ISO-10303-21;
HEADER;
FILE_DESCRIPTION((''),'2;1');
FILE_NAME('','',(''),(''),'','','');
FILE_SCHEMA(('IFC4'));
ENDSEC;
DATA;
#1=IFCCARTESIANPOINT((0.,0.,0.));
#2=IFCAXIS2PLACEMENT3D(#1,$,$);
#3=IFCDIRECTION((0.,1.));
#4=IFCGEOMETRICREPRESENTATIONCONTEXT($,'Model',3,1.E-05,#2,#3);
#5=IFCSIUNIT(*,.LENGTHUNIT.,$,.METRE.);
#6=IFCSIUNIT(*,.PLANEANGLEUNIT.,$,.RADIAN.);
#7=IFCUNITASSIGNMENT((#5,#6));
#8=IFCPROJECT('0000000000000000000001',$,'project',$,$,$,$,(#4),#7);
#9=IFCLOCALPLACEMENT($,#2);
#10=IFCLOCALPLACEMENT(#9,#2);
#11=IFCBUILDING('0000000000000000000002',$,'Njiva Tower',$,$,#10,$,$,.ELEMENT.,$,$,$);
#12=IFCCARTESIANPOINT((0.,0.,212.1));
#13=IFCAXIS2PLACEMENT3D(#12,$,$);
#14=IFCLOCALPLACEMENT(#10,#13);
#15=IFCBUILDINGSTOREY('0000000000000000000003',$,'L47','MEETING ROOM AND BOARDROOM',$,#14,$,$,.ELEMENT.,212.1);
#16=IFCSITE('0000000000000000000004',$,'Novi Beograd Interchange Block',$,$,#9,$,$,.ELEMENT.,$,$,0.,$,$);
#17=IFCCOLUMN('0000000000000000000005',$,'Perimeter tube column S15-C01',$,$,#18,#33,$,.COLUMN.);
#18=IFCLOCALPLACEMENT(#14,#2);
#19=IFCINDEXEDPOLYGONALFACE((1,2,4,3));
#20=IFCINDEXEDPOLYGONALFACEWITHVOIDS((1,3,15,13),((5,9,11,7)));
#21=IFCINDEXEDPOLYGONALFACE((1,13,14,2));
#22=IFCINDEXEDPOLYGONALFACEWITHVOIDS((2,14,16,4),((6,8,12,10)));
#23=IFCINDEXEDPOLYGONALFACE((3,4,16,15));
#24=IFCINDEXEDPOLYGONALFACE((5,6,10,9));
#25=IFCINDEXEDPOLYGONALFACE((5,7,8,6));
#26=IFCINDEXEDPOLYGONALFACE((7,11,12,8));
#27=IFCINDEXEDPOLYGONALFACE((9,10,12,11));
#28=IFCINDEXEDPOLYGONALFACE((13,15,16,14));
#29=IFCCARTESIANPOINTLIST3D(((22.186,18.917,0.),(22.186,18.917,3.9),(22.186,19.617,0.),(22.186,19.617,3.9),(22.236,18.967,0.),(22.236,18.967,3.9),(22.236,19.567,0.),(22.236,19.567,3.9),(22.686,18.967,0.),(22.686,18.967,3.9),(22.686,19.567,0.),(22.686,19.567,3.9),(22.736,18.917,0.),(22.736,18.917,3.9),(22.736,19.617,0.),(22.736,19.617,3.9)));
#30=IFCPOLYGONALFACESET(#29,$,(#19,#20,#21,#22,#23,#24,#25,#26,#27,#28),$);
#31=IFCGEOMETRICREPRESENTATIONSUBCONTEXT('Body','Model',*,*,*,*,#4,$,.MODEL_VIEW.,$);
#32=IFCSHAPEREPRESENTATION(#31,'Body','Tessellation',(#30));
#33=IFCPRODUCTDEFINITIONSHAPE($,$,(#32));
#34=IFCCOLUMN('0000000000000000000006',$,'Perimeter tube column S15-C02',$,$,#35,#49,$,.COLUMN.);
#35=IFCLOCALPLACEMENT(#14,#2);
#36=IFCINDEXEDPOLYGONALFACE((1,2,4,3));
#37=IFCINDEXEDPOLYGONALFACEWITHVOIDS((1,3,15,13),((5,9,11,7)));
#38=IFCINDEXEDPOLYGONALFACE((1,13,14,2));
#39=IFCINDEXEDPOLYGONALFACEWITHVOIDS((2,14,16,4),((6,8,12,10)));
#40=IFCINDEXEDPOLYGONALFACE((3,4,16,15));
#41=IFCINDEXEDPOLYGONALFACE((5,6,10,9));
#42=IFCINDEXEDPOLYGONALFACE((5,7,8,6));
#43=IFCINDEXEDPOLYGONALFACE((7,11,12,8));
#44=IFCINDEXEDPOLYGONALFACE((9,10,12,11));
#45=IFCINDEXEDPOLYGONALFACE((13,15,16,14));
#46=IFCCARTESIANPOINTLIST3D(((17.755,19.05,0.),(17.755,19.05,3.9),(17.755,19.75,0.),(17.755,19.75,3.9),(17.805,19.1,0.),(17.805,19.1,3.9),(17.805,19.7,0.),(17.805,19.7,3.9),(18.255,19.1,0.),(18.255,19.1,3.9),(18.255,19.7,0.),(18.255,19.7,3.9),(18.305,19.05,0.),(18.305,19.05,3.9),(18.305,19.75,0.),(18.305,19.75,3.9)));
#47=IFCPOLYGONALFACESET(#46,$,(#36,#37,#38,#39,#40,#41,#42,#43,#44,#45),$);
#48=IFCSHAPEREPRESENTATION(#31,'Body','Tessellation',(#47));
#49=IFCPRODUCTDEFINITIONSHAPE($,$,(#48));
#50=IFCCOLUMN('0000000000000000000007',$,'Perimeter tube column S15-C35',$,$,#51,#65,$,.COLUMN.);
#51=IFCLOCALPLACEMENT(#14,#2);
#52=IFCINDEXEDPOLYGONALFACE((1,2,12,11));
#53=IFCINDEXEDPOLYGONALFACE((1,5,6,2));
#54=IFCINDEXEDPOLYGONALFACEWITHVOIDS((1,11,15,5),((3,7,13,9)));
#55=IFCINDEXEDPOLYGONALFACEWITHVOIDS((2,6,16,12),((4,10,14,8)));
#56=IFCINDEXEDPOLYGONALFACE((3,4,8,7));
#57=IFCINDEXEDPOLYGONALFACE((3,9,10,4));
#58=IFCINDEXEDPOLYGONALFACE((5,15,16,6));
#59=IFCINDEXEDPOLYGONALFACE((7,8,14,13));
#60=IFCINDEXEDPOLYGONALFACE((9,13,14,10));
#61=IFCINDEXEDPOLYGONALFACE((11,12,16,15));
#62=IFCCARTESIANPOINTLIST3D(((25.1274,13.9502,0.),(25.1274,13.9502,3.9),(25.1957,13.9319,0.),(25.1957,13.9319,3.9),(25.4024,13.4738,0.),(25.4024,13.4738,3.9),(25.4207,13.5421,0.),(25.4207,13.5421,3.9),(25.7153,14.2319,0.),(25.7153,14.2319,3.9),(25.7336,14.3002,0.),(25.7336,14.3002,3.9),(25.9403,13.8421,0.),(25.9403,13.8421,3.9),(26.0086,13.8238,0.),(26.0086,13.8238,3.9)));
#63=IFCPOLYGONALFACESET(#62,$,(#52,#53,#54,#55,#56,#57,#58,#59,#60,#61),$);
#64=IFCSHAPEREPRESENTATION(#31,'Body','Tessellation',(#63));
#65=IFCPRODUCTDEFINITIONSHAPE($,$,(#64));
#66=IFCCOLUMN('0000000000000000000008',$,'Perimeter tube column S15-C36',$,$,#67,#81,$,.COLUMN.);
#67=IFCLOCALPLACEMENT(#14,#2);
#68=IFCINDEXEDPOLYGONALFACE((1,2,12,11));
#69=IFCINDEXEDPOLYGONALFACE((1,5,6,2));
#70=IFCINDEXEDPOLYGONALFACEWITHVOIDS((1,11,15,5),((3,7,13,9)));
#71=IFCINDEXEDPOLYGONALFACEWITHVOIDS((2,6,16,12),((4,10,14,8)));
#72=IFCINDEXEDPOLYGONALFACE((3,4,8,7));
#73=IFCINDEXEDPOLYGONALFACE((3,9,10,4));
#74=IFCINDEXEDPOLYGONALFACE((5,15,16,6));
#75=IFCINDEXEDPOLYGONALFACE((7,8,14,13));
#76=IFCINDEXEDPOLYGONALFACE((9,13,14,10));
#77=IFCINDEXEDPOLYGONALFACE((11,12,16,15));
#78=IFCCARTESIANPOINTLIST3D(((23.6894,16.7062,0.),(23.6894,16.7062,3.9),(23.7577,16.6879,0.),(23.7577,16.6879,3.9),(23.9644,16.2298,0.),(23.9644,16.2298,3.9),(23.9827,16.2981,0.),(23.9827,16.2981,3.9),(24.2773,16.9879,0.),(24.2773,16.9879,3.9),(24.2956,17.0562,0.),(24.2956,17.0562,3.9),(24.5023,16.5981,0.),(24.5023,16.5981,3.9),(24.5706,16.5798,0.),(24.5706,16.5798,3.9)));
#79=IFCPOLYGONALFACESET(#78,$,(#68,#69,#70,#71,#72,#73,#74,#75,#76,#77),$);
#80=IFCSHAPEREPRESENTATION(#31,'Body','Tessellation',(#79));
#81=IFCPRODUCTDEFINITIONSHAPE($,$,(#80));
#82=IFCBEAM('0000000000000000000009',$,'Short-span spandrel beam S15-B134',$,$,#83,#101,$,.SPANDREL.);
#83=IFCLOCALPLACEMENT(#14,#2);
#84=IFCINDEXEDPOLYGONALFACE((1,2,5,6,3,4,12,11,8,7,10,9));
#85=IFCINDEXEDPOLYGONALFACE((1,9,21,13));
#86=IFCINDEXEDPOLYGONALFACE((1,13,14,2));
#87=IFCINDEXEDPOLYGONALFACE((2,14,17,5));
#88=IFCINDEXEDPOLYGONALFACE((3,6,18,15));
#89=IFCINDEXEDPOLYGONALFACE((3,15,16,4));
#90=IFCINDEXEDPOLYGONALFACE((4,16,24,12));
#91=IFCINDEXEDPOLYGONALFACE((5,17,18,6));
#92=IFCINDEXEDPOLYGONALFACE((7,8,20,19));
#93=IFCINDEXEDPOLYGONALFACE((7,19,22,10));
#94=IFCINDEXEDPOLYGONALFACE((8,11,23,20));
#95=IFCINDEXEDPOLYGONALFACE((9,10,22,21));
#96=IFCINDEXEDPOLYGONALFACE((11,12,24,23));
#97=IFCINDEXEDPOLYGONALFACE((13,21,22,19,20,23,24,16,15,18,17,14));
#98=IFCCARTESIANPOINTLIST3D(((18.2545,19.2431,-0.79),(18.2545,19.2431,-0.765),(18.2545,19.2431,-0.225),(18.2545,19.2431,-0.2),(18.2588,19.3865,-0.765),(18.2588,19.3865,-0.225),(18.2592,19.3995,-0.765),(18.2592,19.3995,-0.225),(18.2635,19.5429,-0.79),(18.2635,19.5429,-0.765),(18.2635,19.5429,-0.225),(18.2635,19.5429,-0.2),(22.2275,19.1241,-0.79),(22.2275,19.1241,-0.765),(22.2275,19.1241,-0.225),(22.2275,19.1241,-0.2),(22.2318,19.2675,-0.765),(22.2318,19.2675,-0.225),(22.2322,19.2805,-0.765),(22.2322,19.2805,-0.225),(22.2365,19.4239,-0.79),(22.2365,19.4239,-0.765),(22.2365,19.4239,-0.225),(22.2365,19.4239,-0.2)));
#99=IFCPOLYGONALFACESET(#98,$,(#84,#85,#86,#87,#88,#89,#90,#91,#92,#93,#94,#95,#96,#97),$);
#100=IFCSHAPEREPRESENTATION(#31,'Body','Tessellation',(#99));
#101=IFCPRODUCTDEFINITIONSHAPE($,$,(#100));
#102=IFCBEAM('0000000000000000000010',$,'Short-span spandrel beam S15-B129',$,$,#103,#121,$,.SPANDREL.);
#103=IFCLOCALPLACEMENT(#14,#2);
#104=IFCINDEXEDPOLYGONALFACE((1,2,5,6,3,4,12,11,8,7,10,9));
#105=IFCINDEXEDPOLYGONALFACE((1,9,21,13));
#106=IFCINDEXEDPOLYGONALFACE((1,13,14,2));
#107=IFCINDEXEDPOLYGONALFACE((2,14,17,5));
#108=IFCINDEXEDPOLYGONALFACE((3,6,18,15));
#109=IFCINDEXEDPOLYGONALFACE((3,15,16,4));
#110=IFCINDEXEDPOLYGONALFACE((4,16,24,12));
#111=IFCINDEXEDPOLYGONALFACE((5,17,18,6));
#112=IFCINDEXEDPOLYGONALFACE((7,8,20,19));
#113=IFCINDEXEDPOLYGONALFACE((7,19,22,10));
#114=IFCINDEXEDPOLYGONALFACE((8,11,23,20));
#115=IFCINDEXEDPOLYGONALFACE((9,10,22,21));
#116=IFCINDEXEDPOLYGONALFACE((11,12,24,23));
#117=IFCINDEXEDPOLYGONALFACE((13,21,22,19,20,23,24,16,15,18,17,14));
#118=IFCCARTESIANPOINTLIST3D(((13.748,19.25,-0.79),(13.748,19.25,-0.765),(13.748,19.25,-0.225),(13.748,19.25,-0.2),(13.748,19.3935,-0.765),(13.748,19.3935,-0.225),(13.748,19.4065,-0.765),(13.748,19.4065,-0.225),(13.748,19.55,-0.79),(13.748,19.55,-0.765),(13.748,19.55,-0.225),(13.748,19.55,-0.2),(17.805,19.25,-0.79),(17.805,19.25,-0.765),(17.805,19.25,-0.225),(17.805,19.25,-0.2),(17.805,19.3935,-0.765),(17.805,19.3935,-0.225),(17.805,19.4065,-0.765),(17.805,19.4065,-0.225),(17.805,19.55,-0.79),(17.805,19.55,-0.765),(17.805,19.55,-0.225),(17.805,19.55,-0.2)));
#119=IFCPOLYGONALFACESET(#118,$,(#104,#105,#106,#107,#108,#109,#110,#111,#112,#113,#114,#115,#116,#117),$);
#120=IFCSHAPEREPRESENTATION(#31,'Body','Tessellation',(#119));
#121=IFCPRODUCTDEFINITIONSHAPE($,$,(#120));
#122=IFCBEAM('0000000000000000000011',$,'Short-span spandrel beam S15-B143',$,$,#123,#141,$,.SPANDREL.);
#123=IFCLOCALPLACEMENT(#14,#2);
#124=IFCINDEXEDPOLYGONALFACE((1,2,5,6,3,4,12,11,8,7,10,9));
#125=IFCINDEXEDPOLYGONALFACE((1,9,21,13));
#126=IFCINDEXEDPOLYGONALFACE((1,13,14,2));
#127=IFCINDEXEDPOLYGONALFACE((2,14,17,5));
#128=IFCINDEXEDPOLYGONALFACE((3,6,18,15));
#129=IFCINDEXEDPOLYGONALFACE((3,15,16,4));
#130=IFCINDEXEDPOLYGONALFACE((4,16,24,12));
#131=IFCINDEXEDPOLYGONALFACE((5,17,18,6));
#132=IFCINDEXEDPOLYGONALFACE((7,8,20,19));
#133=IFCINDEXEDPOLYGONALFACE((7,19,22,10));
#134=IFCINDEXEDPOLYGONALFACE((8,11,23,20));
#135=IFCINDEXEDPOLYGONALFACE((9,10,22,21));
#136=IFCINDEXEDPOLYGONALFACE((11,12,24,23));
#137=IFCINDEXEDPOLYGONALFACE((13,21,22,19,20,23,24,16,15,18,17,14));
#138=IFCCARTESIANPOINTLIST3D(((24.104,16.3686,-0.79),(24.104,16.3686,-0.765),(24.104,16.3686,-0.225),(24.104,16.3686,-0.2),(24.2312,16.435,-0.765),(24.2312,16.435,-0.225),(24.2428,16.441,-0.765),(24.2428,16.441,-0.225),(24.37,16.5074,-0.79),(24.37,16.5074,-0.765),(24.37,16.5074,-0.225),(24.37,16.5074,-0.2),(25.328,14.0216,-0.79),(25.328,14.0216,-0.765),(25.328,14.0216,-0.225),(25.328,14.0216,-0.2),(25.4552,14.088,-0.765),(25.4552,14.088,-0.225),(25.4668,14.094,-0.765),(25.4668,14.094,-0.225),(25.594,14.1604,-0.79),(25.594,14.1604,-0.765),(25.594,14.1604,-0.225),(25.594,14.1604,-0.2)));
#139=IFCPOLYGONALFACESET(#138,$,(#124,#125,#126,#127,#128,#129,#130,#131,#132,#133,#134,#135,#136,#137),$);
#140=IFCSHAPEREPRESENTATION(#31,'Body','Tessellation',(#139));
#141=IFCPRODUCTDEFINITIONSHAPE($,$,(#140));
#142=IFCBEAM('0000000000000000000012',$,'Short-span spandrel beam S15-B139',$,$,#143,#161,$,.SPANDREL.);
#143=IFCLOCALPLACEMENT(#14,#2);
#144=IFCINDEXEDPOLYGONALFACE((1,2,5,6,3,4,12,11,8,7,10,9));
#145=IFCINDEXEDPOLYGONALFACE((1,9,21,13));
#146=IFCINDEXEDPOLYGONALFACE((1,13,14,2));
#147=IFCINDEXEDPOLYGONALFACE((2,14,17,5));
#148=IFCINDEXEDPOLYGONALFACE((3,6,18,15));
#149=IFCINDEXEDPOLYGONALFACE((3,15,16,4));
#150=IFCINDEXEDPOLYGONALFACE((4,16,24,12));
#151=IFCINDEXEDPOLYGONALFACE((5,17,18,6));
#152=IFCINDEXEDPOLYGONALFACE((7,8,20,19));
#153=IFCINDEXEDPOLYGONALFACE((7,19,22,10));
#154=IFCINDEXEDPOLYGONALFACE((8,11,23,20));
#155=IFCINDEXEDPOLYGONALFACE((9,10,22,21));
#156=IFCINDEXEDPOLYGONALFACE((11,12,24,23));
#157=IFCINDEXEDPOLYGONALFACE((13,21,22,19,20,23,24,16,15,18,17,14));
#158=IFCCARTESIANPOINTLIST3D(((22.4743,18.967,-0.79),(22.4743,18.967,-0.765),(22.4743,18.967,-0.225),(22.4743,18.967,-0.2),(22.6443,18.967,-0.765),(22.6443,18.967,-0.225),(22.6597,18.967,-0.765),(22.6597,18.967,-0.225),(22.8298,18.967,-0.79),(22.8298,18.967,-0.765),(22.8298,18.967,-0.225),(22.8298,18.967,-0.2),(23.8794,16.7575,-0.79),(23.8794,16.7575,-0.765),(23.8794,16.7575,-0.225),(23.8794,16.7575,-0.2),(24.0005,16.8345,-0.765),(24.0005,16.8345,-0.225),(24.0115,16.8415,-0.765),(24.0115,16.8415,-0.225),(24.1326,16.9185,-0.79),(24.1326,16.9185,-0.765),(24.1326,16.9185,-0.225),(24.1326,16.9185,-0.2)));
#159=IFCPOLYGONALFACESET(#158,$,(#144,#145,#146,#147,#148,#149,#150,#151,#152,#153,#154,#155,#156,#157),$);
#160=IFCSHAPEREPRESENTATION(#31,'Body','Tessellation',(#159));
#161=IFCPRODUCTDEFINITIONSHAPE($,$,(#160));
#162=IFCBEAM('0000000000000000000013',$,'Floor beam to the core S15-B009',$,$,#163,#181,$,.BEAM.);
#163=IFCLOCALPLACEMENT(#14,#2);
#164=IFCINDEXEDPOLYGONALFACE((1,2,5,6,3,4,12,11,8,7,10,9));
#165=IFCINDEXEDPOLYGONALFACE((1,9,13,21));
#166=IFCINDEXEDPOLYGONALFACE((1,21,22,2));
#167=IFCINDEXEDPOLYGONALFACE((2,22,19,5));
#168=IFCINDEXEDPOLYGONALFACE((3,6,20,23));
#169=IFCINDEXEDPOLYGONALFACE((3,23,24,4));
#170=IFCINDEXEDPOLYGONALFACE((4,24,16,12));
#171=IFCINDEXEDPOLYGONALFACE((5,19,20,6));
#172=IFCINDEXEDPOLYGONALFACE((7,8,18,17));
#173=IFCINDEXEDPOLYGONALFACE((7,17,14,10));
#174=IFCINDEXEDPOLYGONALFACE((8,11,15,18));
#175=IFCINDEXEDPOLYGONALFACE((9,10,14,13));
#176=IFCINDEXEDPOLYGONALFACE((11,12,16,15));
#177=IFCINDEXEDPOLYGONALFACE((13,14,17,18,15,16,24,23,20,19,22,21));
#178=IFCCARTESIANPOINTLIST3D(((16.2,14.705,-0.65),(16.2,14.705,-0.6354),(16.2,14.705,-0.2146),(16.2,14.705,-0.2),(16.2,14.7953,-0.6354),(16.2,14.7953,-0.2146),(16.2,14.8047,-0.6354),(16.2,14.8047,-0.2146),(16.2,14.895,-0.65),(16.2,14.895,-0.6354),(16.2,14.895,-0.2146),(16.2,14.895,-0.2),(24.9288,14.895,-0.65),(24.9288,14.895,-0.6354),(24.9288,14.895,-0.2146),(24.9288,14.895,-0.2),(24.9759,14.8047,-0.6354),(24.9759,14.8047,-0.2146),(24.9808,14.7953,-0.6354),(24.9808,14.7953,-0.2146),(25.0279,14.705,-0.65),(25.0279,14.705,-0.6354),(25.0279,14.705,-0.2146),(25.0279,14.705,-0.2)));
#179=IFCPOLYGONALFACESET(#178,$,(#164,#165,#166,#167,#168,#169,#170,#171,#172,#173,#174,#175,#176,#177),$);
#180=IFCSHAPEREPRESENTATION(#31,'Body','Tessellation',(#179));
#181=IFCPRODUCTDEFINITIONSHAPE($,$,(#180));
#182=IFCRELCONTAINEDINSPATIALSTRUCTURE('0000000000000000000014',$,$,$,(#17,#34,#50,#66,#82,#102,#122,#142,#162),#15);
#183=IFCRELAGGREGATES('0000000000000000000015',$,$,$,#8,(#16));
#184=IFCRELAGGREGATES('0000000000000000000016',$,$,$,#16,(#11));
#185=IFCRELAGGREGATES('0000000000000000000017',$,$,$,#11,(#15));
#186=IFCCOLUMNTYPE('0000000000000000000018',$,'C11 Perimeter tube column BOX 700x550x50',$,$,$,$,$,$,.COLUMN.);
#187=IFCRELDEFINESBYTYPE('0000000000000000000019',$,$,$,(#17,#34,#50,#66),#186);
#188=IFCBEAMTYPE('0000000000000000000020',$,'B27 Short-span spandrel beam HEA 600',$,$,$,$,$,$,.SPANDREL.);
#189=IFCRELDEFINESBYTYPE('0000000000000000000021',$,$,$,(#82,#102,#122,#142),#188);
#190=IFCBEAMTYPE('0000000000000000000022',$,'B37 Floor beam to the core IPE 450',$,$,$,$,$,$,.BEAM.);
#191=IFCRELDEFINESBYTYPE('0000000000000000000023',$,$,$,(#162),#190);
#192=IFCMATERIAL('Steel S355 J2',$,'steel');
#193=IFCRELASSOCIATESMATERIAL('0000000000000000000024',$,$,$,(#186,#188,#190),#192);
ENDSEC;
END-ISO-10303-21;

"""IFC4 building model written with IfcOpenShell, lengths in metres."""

from ifc_helpers import new_model, si_unit, direction, frame, origin, origin_2d, place, context, subcontext, project, spatial, hollow_rectangle, i_section, extrude, clip, halfspace, material, material_profile, profile_set, type_object, element, save


model = new_model("IFC4")

# Units and contexts
model_context = context("Model", 3, precision=1e-05, world=origin(), true_north=direction((0.0, 1.0)))
body_context = subcontext(model_context, "Body", "Model", "MODEL_VIEW")
ifc_project = project(units=[si_unit("LENGTHUNIT", "METRE"), si_unit("PLANEANGLEUNIT", "RADIAN")], contexts=[model_context])

# Site, building, storey
site_placement = place(None, origin())
site = spatial("IfcSite", under=ifc_project, at=site_placement, Name="Novi Beograd Interchange Block", CompositionType="ELEMENT", RefElevation=0.0)
building_placement = place(site_placement, origin())
building = spatial("IfcBuilding", under=site, at=building_placement, Name="Njiva Tower", CompositionType="ELEMENT")
storey_placement = place(building_placement, frame((0.0, 0.0, 212.1)))
storey = spatial("IfcBuildingStorey", under=building, at=storey_placement, Name="L47", Description="MEETING ROOM AND BOARDROOM", CompositionType="ELEMENT", Elevation=212.1)

# Columns
ifc_material_1 = material(Name="Steel S355 J2", Category="steel")
ifc_material_profile_1 = material_profile(ifc_material_1, hollow_rectangle(XDim=0.55, YDim=0.7, WallThickness=0.05, at=origin_2d()), Name="BOX 700x550x50")
ifc_profile_set_1 = profile_set([ifc_material_profile_1], Name="Steel S355 J2")
column_type = type_object("IfcColumnType", Name="C11 Perimeter tube column BOX 700x550x50", PredefinedType="COLUMN", material=ifc_profile_set_1)
for number, where, z_axis, x_axis, name in (
    (1, (22.461, 19.267, 0.0), (0.0, 0.0, 1.0), (-1.0, 0.0, 0.0), "Perimeter tube column S15-C01"),
    (2, (18.03, 19.4, 0.0), (0.0, 0.0, 1.0), (-1.0, 0.0, 0.0), "Perimeter tube column S15-C02"),
    (3, (25.568, 13.887, 0.0), (0.0, 0.0, 1.0), (-0.5, 0.866025, 0.0), "Perimeter tube column S15-C35"),
    (4, (24.13, 16.643, 0.0), (0.0, 0.0, 1.0), (-0.5, 0.866025, 0.0), "Perimeter tube column S15-C36"),
):
    element("IfcColumn", number, at=place(storey_placement, frame(where, z_axis=z_axis, x_axis=x_axis)), inside=storey, type_object=column_type, Name=name, PredefinedType="COLUMN", context=body_context, shape_type="SweptSolid", body=[
        extrude(hollow_rectangle(XDim=0.55, YDim=0.7, WallThickness=0.05, at=origin_2d()), origin(), (0.0, 0.0, 1.0), 3.9),
    ])

# Beams
ifc_material_profile_2 = material_profile(ifc_material_1, i_section(OverallWidth=0.3, OverallDepth=0.59, WebThickness=0.013, FlangeThickness=0.025, at=origin_2d()), Name="HEA 600")
ifc_profile_set_2 = profile_set([ifc_material_profile_2], Name="Steel S355 J2")
beam_type_1 = type_object("IfcBeamType", Name="B27 Short-span spandrel beam HEA 600", PredefinedType="SPANDREL", material=ifc_profile_set_2)
beam_1_placement = place(storey_placement, frame((22.232, 19.274, -0.495), z_axis=(-0.999552, 0.029939, 0.0), x_axis=(-0.029939, -0.999552, 0.0)))
element("IfcBeam", 5, at=beam_1_placement, inside=storey, type_object=beam_type_1, Name="Short-span spandrel beam S15-B134", PredefinedType="SPANDREL", context=body_context, shape_type="SweptSolid", body=[
    extrude(i_section(OverallWidth=0.3, OverallDepth=0.59, WebThickness=0.013, FlangeThickness=0.025, at=origin_2d()), origin(), (0.0, 0.0, 1.0), 3.9748),
])
beam_2_placement = place(storey_placement, frame((17.805, 19.4, -0.495), z_axis=(-1.0, 0.0, 0.0), x_axis=(0.0, -1.0, 0.0)))
element("IfcBeam", 6, at=beam_2_placement, inside=storey, type_object=beam_type_1, Name="Short-span spandrel beam S15-B129", PredefinedType="SPANDREL", context=body_context, shape_type="SweptSolid", body=[
    extrude(i_section(OverallWidth=0.3, OverallDepth=0.59, WebThickness=0.013, FlangeThickness=0.025, at=origin_2d()), origin(), (0.0, 0.0, 1.0), 4.057),
])
beam_3_placement = place(storey_placement, frame((25.461, 14.091, -0.495), z_axis=(-0.462411, 0.886666, 0.0), x_axis=(-0.886666, -0.462411, 0.0)))
element("IfcBeam", 7, at=beam_3_placement, inside=storey, type_object=beam_type_1, Name="Short-span spandrel beam S15-B143", PredefinedType="SPANDREL", context=body_context, shape_type="SweptSolid", body=[
    extrude(i_section(OverallWidth=0.3, OverallDepth=0.59, WebThickness=0.013, FlangeThickness=0.025, at=origin_2d()), origin(), (0.0, 0.0, 1.0), 2.647),
])
beam_4_placement = place(storey_placement, frame((24.006, 16.838, -0.495), z_axis=(-0.536645, 0.843808, 0.0), x_axis=(-0.843808, -0.536645, 0.0)))
element("IfcBeam", 8, at=beam_4_placement, inside=storey, type_object=beam_type_1, Name="Short-span spandrel beam S15-B139", PredefinedType="SPANDREL", context=body_context, shape_type="Clipping", body=[
    clip(extrude(i_section(OverallWidth=0.3, OverallDepth=0.59, WebThickness=0.013, FlangeThickness=0.025, at=origin_2d()), origin(), (0.0, 0.0, 1.0), 2.6381), halfspace(frame((-0.0268, 0.0, 2.506), z_axis=(-0.536645, 0.0, 0.843808), x_axis=(0.0, 1.0, 0.0)), False)),
])
ifc_material_profile_3 = material_profile(ifc_material_1, i_section(OverallWidth=0.19, OverallDepth=0.45, WebThickness=0.0094, FlangeThickness=0.0146, at=origin_2d()), Name="IPE 450")
ifc_profile_set_3 = profile_set([ifc_material_profile_3], Name="Steel S355 J2")
beam_type_2 = type_object("IfcBeamType", Name="B37 Floor beam to the core IPE 450", PredefinedType="BEAM", material=ifc_profile_set_3)
beam_5_placement = place(storey_placement, frame((16.2, 14.8, -0.425), z_axis=(1.0, 0.0, 0.0), x_axis=(0.0, 1.0, 0.0)))
element("IfcBeam", 9, at=beam_5_placement, inside=storey, type_object=beam_type_2, Name="Floor beam to the core S15-B009", PredefinedType="BEAM", context=body_context, shape_type="Clipping", body=[
    clip(extrude(i_section(OverallWidth=0.19, OverallDepth=0.45, WebThickness=0.0094, FlangeThickness=0.0146, at=origin_2d()), origin(), (0.0, 0.0, 1.0), 8.848), halfspace(frame((0.0231, 0.0, 8.7663), z_axis=(0.46246, 0.0, 0.88664), x_axis=(0.0, 1.0, 0.0)), False)),
])

save(model, "model.ifc")
